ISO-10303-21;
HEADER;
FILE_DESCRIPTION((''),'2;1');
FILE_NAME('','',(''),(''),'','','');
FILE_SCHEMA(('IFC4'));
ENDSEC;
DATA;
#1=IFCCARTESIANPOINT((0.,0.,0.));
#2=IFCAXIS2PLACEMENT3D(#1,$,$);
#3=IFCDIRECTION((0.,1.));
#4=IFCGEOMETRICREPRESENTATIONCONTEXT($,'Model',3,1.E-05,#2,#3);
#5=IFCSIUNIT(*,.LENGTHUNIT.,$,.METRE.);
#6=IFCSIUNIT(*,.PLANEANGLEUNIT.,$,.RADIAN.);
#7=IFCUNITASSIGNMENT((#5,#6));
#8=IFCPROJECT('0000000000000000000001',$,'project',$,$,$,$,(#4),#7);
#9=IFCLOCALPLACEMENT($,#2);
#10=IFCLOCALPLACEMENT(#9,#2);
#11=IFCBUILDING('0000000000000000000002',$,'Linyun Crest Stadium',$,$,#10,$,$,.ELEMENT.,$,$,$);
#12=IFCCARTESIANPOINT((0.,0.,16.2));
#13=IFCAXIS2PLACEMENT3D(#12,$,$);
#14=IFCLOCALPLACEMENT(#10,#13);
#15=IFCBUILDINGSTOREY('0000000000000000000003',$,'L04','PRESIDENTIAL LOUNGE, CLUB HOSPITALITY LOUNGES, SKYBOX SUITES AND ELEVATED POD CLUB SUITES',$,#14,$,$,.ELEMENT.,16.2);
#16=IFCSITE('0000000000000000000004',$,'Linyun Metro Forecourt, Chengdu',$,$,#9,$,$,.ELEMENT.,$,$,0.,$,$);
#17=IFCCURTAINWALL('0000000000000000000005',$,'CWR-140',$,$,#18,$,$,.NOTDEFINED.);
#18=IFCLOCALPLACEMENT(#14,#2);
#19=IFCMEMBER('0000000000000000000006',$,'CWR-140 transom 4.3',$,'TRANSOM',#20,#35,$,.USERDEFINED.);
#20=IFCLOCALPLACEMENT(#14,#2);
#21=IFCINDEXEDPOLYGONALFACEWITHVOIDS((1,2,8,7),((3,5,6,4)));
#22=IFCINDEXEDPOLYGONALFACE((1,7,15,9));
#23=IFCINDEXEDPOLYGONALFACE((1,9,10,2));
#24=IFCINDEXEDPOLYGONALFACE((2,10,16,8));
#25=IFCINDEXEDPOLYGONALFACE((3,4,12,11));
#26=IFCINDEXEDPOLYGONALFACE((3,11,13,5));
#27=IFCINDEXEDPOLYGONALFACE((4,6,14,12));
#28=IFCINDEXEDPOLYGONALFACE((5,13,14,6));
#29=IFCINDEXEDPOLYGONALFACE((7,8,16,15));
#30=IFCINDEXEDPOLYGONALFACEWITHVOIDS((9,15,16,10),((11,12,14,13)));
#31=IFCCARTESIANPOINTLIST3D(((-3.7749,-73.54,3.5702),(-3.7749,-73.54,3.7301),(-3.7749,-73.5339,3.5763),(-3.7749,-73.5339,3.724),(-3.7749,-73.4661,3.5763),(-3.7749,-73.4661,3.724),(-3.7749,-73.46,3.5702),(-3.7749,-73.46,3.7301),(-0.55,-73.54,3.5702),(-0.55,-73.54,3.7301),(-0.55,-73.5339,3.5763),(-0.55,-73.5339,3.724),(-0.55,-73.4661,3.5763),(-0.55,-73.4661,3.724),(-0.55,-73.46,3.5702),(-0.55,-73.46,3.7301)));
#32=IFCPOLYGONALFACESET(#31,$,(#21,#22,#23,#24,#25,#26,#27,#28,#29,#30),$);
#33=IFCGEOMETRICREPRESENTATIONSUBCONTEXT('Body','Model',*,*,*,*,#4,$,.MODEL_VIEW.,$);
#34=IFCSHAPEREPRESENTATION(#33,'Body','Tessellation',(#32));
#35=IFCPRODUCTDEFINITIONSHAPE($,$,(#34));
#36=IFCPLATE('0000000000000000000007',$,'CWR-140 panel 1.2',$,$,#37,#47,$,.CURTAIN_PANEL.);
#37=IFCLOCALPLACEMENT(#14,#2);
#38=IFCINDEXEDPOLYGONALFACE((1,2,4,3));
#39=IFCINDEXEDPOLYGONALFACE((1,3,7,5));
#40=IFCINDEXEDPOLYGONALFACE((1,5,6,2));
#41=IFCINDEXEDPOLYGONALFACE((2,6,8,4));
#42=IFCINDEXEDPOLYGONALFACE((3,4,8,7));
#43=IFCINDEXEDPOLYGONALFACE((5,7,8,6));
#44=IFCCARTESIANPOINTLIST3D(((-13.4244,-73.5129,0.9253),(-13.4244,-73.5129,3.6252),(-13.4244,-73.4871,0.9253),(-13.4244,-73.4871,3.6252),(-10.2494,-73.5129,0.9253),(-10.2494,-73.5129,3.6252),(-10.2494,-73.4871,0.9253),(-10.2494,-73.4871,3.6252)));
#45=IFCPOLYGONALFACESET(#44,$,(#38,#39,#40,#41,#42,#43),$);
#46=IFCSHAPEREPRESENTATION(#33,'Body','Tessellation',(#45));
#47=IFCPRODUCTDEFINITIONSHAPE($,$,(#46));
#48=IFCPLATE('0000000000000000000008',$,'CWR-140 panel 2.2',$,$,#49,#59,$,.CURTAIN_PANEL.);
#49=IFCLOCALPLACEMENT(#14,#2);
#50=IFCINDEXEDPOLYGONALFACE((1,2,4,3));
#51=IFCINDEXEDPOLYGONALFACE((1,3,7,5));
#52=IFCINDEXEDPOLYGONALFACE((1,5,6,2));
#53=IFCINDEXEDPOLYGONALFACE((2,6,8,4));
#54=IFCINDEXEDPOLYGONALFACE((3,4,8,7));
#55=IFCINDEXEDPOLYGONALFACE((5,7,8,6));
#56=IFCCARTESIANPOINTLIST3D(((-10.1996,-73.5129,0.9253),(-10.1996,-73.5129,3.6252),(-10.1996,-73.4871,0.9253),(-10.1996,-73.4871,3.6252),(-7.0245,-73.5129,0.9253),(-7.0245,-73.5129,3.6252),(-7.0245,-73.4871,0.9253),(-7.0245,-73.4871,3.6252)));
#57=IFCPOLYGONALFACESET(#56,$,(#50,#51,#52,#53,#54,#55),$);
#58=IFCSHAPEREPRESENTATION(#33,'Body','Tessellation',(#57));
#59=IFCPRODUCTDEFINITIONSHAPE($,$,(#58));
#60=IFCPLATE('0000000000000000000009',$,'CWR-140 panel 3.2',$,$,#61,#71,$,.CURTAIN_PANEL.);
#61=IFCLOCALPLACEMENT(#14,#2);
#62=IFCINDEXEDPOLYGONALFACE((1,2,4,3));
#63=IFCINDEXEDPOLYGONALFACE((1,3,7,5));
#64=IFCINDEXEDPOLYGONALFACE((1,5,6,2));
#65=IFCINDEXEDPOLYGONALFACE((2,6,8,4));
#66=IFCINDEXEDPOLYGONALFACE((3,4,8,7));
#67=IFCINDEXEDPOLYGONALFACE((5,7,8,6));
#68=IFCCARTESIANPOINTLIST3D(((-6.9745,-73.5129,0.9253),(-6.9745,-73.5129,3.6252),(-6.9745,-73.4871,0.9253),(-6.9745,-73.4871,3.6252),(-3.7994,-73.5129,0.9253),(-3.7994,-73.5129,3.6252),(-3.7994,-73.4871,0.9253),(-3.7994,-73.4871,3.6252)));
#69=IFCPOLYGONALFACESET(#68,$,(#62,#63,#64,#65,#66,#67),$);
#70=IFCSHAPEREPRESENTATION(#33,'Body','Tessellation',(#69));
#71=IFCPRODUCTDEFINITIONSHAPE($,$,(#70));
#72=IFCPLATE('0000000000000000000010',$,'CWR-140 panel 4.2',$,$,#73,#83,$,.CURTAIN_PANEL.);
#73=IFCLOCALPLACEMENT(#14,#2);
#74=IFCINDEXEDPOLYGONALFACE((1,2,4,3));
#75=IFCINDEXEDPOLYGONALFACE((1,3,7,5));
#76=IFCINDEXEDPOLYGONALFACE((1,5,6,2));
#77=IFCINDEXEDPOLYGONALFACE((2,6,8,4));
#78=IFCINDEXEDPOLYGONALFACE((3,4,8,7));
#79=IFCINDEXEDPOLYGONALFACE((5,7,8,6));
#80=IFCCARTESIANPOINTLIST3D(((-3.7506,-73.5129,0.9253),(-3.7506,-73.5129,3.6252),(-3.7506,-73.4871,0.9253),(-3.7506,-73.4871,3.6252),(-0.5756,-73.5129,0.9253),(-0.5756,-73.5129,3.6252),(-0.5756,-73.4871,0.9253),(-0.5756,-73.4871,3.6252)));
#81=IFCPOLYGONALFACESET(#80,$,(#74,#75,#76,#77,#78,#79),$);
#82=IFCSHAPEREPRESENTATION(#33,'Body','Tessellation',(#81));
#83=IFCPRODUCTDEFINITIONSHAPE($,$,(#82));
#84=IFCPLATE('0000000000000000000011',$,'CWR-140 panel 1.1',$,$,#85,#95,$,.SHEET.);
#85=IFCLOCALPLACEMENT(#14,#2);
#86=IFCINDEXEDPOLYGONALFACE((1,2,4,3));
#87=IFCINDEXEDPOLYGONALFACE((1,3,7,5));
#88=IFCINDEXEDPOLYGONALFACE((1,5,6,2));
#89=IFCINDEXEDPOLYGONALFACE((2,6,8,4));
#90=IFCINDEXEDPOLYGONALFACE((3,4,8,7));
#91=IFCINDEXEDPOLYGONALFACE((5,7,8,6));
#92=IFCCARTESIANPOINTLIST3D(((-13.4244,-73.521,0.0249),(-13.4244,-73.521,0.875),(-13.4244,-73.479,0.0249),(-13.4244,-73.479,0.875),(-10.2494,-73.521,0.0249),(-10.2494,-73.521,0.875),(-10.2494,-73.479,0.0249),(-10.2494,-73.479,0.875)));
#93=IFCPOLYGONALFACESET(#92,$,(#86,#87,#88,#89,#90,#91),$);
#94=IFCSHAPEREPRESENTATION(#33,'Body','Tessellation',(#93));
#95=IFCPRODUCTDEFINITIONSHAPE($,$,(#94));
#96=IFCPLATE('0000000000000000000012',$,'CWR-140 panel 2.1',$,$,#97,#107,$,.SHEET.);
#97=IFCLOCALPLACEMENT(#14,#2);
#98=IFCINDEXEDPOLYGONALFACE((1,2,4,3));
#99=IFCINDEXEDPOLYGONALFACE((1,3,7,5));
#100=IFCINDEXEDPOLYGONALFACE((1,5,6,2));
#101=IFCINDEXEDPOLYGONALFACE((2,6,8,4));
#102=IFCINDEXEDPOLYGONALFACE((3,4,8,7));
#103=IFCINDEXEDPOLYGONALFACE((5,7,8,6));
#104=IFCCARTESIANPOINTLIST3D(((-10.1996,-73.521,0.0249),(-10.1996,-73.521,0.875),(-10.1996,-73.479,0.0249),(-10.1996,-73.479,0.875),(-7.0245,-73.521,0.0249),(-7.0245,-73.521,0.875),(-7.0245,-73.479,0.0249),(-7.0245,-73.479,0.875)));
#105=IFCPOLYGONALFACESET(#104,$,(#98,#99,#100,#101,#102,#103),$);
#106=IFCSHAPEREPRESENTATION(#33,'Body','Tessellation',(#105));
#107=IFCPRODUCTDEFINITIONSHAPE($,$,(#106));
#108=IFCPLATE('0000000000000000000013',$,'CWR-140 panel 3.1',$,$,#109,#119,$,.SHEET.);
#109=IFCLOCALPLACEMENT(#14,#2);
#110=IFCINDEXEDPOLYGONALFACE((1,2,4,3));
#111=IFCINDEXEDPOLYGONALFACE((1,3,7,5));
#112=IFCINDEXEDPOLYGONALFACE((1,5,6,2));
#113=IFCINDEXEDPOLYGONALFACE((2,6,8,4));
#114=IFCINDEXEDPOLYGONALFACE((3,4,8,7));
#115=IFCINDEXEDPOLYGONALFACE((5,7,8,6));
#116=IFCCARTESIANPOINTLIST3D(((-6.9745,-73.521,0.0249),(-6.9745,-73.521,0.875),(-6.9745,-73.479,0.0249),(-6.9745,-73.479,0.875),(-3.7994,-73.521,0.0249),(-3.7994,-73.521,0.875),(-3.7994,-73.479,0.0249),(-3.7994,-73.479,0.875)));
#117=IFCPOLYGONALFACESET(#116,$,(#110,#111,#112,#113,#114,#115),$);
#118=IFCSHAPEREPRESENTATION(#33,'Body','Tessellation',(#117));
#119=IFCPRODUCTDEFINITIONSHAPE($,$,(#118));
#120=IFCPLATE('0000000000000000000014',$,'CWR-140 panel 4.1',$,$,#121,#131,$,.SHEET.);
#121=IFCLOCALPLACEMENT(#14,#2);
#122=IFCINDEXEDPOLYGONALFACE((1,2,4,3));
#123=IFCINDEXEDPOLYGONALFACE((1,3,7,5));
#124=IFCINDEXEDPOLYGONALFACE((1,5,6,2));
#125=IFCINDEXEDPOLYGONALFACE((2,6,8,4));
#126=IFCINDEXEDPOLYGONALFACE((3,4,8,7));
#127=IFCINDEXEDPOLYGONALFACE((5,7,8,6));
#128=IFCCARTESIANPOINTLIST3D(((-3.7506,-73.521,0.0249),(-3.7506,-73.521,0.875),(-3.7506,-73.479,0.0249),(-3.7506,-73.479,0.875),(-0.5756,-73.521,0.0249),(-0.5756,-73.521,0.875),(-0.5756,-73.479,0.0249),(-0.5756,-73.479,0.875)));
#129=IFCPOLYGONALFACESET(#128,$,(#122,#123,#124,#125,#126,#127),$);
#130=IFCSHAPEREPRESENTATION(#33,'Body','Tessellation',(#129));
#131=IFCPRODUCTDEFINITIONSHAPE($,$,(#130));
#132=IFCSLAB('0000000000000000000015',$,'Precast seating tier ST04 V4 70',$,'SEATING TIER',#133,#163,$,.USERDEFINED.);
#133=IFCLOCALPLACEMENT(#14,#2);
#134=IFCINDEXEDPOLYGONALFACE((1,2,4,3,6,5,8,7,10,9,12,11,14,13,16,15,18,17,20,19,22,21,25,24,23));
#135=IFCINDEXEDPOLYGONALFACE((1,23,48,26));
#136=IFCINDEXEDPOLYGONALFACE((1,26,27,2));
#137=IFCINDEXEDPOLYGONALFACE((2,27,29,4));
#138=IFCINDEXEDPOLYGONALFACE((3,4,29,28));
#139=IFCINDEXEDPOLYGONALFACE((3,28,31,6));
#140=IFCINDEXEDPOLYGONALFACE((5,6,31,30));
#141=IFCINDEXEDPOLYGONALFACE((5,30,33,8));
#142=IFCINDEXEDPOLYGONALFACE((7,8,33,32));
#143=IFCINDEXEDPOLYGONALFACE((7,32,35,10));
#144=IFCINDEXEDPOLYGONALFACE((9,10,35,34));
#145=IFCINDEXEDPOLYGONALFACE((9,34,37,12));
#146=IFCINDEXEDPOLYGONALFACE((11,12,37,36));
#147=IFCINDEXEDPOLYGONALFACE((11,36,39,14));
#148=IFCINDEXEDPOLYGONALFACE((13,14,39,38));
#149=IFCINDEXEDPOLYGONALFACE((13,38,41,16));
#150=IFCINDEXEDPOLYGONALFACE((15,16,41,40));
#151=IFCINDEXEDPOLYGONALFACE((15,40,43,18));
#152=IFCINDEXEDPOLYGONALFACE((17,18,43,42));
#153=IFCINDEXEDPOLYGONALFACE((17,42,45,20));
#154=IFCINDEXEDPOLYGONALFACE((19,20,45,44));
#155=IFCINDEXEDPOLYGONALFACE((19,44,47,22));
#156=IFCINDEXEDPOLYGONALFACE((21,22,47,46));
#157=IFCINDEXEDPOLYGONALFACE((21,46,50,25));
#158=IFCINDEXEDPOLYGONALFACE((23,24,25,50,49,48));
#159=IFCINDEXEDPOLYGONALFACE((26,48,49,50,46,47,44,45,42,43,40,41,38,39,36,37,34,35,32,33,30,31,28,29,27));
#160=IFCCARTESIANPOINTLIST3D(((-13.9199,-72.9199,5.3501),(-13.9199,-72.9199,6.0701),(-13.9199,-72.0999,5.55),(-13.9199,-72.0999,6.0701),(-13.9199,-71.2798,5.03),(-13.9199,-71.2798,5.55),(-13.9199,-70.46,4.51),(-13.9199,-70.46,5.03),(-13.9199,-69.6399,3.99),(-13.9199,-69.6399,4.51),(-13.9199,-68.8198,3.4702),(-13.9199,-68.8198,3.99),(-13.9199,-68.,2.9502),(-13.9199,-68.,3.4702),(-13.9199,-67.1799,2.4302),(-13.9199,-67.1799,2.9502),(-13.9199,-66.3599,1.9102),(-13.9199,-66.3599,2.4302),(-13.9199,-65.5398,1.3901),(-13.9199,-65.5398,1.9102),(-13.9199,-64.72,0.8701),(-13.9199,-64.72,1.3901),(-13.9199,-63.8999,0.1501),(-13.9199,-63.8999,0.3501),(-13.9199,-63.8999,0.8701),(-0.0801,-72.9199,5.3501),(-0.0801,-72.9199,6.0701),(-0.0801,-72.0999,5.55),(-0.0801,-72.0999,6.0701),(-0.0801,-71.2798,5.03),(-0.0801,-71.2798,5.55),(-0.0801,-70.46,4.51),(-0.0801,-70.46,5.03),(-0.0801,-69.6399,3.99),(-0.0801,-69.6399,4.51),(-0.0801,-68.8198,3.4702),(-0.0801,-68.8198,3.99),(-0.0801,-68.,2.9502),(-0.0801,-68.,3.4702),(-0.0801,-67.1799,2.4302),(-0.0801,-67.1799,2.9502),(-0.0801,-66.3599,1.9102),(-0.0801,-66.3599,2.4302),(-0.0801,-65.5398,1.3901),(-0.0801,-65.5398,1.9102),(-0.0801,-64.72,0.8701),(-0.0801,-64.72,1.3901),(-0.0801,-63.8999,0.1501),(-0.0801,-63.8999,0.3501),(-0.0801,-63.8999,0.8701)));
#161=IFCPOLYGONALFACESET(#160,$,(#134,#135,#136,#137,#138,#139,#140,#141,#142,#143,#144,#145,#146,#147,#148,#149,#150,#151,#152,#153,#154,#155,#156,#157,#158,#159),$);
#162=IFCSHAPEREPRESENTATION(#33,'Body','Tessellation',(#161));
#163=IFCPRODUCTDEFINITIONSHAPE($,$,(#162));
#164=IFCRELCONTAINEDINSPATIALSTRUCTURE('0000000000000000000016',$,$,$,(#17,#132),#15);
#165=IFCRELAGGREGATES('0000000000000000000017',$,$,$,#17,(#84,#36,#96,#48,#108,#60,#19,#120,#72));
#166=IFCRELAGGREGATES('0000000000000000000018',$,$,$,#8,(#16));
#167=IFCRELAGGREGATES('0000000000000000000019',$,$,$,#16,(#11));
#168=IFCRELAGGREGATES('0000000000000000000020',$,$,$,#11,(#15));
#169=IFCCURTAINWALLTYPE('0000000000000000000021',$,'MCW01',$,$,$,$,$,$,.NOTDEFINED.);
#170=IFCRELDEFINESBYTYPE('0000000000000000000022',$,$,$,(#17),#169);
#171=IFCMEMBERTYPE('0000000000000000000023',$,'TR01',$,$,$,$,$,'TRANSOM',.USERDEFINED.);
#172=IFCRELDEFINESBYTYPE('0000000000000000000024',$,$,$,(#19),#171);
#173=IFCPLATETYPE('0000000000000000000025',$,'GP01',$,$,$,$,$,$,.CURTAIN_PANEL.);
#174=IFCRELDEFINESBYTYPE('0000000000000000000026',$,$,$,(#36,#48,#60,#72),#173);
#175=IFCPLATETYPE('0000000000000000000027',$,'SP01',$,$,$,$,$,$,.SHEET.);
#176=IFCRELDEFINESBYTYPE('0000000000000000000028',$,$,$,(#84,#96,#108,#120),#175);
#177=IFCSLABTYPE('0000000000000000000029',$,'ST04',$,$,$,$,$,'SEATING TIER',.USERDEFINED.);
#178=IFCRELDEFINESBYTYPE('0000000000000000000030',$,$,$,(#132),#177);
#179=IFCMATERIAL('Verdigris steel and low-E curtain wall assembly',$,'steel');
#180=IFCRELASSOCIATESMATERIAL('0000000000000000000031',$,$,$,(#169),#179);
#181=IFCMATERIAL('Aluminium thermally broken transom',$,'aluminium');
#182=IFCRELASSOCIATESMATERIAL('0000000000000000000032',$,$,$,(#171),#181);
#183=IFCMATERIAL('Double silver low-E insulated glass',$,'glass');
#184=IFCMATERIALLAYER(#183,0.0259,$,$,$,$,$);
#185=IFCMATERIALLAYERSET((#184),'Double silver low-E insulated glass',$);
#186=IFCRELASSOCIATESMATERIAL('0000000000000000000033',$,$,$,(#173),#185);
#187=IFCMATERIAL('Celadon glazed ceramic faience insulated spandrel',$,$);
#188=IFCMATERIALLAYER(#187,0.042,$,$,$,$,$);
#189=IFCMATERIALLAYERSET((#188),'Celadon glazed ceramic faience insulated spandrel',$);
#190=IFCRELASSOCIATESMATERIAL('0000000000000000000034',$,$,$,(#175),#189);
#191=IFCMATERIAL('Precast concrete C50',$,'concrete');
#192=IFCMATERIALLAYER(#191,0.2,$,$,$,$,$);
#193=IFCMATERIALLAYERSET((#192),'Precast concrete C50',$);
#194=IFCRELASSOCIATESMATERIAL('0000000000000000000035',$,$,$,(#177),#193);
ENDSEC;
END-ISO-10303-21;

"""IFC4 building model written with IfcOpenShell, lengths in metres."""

from ifc_helpers import new_model, si_unit, direction, frame, origin, origin_2d, place, context, subcontext, project, spatial, polyline, rectangle, hollow_rectangle, outline, extrude, material, layer, layer_set, material_profile, profile_set, type_object, element, aggregate, save


model = new_model("IFC4")

# Units and contexts
model_context = context("Model", 3, precision=1e-05, world=origin(), true_north=direction((0.0, 1.0)))
body_context = subcontext(model_context, "Body", "Model", "MODEL_VIEW")
ifc_project = project(units=[si_unit("LENGTHUNIT", "METRE"), si_unit("PLANEANGLEUNIT", "RADIAN")], contexts=[model_context])

# Site, building, storey
site_placement = place(None, origin())
site = spatial("IfcSite", under=ifc_project, at=site_placement, Name="Linyun Metro Forecourt, Chengdu", CompositionType="ELEMENT", RefElevation=0.0)
building_placement = place(site_placement, origin())
building = spatial("IfcBuilding", under=site, at=building_placement, Name="Linyun Crest Stadium", CompositionType="ELEMENT")
storey_placement = place(building_placement, frame((0.0, 0.0, 16.2)))
storey = spatial("IfcBuildingStorey", under=building, at=storey_placement, Name="L04", Description="PRESIDENTIAL LOUNGE, CLUB HOSPITALITY LOUNGES, SKYBOX SUITES AND ELEVATED POD CLUB SUITES", CompositionType="ELEMENT", Elevation=16.2)

# Curtain wall
ifc_material_1 = material(Name="Verdigris steel and low-E curtain wall assembly", Category="steel")
curtain_wall_type = type_object("IfcCurtainWallType", Name="MCW01", PredefinedType="NOTDEFINED", material=ifc_material_1)
curtain_wall_placement = place(storey_placement, origin())
curtain_wall = element("IfcCurtainWall", 1, at=curtain_wall_placement, inside=storey, type_object=curtain_wall_type, Name="CWR-140", PredefinedType="NOTDEFINED")

# Member
ifc_material_2 = material(Name="Aluminium thermally broken transom", Category="aluminium")
ifc_material_profile_1 = material_profile(ifc_material_2, hollow_rectangle(XDim=0.0801, YDim=0.1599, WallThickness=0.0061, at=origin_2d()), Name="RHS 160x80x6")
ifc_profile_set_1 = profile_set([ifc_material_profile_1], Name="Aluminium thermally broken transom")
member_type_1 = type_object("IfcMemberType", Name="TR01", ElementType="TRANSOM", PredefinedType="USERDEFINED", material=ifc_profile_set_1)
member_1_placement = place(storey_placement, frame((-3.7749, -73.5, 3.6501), z_axis=(1.0, 0.0, 0.0), x_axis=(0.0, 1.0, 0.0)))
member_1 = element("IfcMember", 2, at=member_1_placement, type_object=member_type_1, Name="CWR-140 transom 4.3", ObjectType="TRANSOM", PredefinedType="USERDEFINED", context=body_context, shape_type="SweptSolid", body=[
    extrude(hollow_rectangle(XDim=0.0801, YDim=0.1599, WallThickness=0.0061, at=origin_2d()), origin(), (0.0, 0.0, 1.0), 3.2249),
])

# Plates
ifc_material_3 = material(Name="Double silver low-E insulated glass", Category="glass")
ifc_layer_1 = layer(ifc_material_3, 0.0259)
ifc_layer_set_1 = layer_set([ifc_layer_1], Name="Double silver low-E insulated glass")
plate_type_1 = type_object("IfcPlateType", Name="GP01", PredefinedType="CURTAIN_PANEL", material=ifc_layer_set_1)
plate_1_placement = place(storey_placement, frame((-11.8369, -73.5, 0.9253), z_axis=(0.0, 0.0, 1.0), x_axis=(1.0, 0.0, 0.0)))
plate_1 = element("IfcPlate", 3, at=plate_1_placement, type_object=plate_type_1, Name="CWR-140 panel 1.2", PredefinedType="CURTAIN_PANEL", context=body_context, shape_type="SweptSolid", body=[
    extrude(rectangle(XDim=3.175, YDim=0.0259, at=origin_2d()), origin(), (0.0, 0.0, 1.0), 2.7),
])
plate_2_placement = place(storey_placement, frame((-8.6121, -73.5, 0.9253), z_axis=(0.0, 0.0, 1.0), x_axis=(1.0, 0.0, 0.0)))
plate_2 = element("IfcPlate", 4, at=plate_2_placement, type_object=plate_type_1, Name="CWR-140 panel 2.2", PredefinedType="CURTAIN_PANEL", context=body_context, shape_type="SweptSolid", body=[
    extrude(rectangle(XDim=3.175, YDim=0.0259, at=origin_2d()), origin(), (0.0, 0.0, 1.0), 2.7),
])
plate_3_placement = place(storey_placement, frame((-5.387, -73.5, 0.9253), z_axis=(0.0, 0.0, 1.0), x_axis=(1.0, 0.0, 0.0)))
plate_3 = element("IfcPlate", 5, at=plate_3_placement, type_object=plate_type_1, Name="CWR-140 panel 3.2", PredefinedType="CURTAIN_PANEL", context=body_context, shape_type="SweptSolid", body=[
    extrude(rectangle(XDim=3.175, YDim=0.0259, at=origin_2d()), origin(), (0.0, 0.0, 1.0), 2.7),
])
plate_4_placement = place(storey_placement, frame((-2.1631, -73.5, 0.9253), z_axis=(0.0, 0.0, 1.0), x_axis=(1.0, 0.0, 0.0)))
plate_4 = element("IfcPlate", 6, at=plate_4_placement, type_object=plate_type_1, Name="CWR-140 panel 4.2", PredefinedType="CURTAIN_PANEL", context=body_context, shape_type="SweptSolid", body=[
    extrude(rectangle(XDim=3.175, YDim=0.0259, at=origin_2d()), origin(), (0.0, 0.0, 1.0), 2.7),
])
ifc_material_4 = material(Name="Celadon glazed ceramic faience insulated spandrel")
ifc_layer_2 = layer(ifc_material_4, 0.042)
ifc_layer_set_2 = layer_set([ifc_layer_2], Name="Celadon glazed ceramic faience insulated spandrel")
plate_type_2 = type_object("IfcPlateType", Name="SP01", PredefinedType="SHEET", material=ifc_layer_set_2)
plate_5_placement = place(storey_placement, frame((-11.8369, -73.5, 0.0249), z_axis=(0.0, 0.0, 1.0), x_axis=(1.0, 0.0, 0.0)))
plate_5 = element("IfcPlate", 7, at=plate_5_placement, type_object=plate_type_2, Name="CWR-140 panel 1.1", PredefinedType="SHEET", context=body_context, shape_type="SweptSolid", body=[
    extrude(rectangle(XDim=3.175, YDim=0.042, at=origin_2d()), origin(), (0.0, 0.0, 1.0), 0.8501),
])
plate_6_placement = place(storey_placement, frame((-8.6121, -73.5, 0.0249), z_axis=(0.0, 0.0, 1.0), x_axis=(1.0, 0.0, 0.0)))
plate_6 = element("IfcPlate", 8, at=plate_6_placement, type_object=plate_type_2, Name="CWR-140 panel 2.1", PredefinedType="SHEET", context=body_context, shape_type="SweptSolid", body=[
    extrude(rectangle(XDim=3.175, YDim=0.042, at=origin_2d()), origin(), (0.0, 0.0, 1.0), 0.8501),
])
plate_7_placement = place(storey_placement, frame((-5.387, -73.5, 0.0249), z_axis=(0.0, 0.0, 1.0), x_axis=(1.0, 0.0, 0.0)))
plate_7 = element("IfcPlate", 9, at=plate_7_placement, type_object=plate_type_2, Name="CWR-140 panel 3.1", PredefinedType="SHEET", context=body_context, shape_type="SweptSolid", body=[
    extrude(rectangle(XDim=3.175, YDim=0.042, at=origin_2d()), origin(), (0.0, 0.0, 1.0), 0.8501),
])
plate_8_placement = place(storey_placement, frame((-2.1631, -73.5, 0.0249), z_axis=(0.0, 0.0, 1.0), x_axis=(1.0, 0.0, 0.0)))
plate_8 = element("IfcPlate", 10, at=plate_8_placement, type_object=plate_type_2, Name="CWR-140 panel 4.1", PredefinedType="SHEET", context=body_context, shape_type="SweptSolid", body=[
    extrude(rectangle(XDim=3.175, YDim=0.042, at=origin_2d()), origin(), (0.0, 0.0, 1.0), 0.8501),
])
aggregate(curtain_wall, [plate_5, plate_1, plate_6, plate_2, plate_7, plate_3, member_1, plate_8, plate_4])

# Slab
ifc_material_5 = material(Name="Precast concrete C50", Category="concrete")
ifc_layer_3 = layer(ifc_material_5, 0.2)
ifc_layer_set_3 = layer_set([ifc_layer_3], Name="Precast concrete C50")
slab_type = type_object("IfcSlabType", Name="ST04", ElementType="SEATING TIER", PredefinedType="USERDEFINED", material=ifc_layer_set_3)
slab_placement = place(storey_placement, frame((-13.9199, -63.8999, 0.3501), z_axis=(0.0, 0.0, 1.0), x_axis=(0.0, -1.0, 0.0)))
element("IfcSlab", 11, at=slab_placement, inside=storey, type_object=slab_type, Name="Precast seating tier ST04 V4 70", ObjectType="SEATING TIER", PredefinedType="USERDEFINED", context=body_context, shape_type="SweptSolid", body=[
    extrude(outline(polyline([(0.0, 0.0), (0.0, -0.52), (0.8201, -0.52), (0.8201, -1.04), (1.6399, -1.04), (1.6399, -1.5601), (2.46, -1.5601), (2.46, -2.0801), (3.28, -2.0801), (3.28, -2.6001), (4.1001, -2.6001), (4.1001, -3.1201), (4.9199, -3.1201), (4.9199, -3.6399), (5.74, -3.6399), (5.74, -4.1599), (6.5601, -4.1599), (6.5601, -4.6799), (7.3799, -4.6799), (7.3799, -5.2), (8.2, -5.2), (8.2, -5.72), (9.02, -5.72), (9.02, -5.0), (0.0, 0.2), (0.0, 0.0)])), frame((0.0, 0.0, 0.0), z_axis=(0.0, 1.0, 0.0), x_axis=(1.0, 0.0, 0.0)), (0.0, 0.0, 1.0), 13.8398),
])

save(model, "model.ifc")
